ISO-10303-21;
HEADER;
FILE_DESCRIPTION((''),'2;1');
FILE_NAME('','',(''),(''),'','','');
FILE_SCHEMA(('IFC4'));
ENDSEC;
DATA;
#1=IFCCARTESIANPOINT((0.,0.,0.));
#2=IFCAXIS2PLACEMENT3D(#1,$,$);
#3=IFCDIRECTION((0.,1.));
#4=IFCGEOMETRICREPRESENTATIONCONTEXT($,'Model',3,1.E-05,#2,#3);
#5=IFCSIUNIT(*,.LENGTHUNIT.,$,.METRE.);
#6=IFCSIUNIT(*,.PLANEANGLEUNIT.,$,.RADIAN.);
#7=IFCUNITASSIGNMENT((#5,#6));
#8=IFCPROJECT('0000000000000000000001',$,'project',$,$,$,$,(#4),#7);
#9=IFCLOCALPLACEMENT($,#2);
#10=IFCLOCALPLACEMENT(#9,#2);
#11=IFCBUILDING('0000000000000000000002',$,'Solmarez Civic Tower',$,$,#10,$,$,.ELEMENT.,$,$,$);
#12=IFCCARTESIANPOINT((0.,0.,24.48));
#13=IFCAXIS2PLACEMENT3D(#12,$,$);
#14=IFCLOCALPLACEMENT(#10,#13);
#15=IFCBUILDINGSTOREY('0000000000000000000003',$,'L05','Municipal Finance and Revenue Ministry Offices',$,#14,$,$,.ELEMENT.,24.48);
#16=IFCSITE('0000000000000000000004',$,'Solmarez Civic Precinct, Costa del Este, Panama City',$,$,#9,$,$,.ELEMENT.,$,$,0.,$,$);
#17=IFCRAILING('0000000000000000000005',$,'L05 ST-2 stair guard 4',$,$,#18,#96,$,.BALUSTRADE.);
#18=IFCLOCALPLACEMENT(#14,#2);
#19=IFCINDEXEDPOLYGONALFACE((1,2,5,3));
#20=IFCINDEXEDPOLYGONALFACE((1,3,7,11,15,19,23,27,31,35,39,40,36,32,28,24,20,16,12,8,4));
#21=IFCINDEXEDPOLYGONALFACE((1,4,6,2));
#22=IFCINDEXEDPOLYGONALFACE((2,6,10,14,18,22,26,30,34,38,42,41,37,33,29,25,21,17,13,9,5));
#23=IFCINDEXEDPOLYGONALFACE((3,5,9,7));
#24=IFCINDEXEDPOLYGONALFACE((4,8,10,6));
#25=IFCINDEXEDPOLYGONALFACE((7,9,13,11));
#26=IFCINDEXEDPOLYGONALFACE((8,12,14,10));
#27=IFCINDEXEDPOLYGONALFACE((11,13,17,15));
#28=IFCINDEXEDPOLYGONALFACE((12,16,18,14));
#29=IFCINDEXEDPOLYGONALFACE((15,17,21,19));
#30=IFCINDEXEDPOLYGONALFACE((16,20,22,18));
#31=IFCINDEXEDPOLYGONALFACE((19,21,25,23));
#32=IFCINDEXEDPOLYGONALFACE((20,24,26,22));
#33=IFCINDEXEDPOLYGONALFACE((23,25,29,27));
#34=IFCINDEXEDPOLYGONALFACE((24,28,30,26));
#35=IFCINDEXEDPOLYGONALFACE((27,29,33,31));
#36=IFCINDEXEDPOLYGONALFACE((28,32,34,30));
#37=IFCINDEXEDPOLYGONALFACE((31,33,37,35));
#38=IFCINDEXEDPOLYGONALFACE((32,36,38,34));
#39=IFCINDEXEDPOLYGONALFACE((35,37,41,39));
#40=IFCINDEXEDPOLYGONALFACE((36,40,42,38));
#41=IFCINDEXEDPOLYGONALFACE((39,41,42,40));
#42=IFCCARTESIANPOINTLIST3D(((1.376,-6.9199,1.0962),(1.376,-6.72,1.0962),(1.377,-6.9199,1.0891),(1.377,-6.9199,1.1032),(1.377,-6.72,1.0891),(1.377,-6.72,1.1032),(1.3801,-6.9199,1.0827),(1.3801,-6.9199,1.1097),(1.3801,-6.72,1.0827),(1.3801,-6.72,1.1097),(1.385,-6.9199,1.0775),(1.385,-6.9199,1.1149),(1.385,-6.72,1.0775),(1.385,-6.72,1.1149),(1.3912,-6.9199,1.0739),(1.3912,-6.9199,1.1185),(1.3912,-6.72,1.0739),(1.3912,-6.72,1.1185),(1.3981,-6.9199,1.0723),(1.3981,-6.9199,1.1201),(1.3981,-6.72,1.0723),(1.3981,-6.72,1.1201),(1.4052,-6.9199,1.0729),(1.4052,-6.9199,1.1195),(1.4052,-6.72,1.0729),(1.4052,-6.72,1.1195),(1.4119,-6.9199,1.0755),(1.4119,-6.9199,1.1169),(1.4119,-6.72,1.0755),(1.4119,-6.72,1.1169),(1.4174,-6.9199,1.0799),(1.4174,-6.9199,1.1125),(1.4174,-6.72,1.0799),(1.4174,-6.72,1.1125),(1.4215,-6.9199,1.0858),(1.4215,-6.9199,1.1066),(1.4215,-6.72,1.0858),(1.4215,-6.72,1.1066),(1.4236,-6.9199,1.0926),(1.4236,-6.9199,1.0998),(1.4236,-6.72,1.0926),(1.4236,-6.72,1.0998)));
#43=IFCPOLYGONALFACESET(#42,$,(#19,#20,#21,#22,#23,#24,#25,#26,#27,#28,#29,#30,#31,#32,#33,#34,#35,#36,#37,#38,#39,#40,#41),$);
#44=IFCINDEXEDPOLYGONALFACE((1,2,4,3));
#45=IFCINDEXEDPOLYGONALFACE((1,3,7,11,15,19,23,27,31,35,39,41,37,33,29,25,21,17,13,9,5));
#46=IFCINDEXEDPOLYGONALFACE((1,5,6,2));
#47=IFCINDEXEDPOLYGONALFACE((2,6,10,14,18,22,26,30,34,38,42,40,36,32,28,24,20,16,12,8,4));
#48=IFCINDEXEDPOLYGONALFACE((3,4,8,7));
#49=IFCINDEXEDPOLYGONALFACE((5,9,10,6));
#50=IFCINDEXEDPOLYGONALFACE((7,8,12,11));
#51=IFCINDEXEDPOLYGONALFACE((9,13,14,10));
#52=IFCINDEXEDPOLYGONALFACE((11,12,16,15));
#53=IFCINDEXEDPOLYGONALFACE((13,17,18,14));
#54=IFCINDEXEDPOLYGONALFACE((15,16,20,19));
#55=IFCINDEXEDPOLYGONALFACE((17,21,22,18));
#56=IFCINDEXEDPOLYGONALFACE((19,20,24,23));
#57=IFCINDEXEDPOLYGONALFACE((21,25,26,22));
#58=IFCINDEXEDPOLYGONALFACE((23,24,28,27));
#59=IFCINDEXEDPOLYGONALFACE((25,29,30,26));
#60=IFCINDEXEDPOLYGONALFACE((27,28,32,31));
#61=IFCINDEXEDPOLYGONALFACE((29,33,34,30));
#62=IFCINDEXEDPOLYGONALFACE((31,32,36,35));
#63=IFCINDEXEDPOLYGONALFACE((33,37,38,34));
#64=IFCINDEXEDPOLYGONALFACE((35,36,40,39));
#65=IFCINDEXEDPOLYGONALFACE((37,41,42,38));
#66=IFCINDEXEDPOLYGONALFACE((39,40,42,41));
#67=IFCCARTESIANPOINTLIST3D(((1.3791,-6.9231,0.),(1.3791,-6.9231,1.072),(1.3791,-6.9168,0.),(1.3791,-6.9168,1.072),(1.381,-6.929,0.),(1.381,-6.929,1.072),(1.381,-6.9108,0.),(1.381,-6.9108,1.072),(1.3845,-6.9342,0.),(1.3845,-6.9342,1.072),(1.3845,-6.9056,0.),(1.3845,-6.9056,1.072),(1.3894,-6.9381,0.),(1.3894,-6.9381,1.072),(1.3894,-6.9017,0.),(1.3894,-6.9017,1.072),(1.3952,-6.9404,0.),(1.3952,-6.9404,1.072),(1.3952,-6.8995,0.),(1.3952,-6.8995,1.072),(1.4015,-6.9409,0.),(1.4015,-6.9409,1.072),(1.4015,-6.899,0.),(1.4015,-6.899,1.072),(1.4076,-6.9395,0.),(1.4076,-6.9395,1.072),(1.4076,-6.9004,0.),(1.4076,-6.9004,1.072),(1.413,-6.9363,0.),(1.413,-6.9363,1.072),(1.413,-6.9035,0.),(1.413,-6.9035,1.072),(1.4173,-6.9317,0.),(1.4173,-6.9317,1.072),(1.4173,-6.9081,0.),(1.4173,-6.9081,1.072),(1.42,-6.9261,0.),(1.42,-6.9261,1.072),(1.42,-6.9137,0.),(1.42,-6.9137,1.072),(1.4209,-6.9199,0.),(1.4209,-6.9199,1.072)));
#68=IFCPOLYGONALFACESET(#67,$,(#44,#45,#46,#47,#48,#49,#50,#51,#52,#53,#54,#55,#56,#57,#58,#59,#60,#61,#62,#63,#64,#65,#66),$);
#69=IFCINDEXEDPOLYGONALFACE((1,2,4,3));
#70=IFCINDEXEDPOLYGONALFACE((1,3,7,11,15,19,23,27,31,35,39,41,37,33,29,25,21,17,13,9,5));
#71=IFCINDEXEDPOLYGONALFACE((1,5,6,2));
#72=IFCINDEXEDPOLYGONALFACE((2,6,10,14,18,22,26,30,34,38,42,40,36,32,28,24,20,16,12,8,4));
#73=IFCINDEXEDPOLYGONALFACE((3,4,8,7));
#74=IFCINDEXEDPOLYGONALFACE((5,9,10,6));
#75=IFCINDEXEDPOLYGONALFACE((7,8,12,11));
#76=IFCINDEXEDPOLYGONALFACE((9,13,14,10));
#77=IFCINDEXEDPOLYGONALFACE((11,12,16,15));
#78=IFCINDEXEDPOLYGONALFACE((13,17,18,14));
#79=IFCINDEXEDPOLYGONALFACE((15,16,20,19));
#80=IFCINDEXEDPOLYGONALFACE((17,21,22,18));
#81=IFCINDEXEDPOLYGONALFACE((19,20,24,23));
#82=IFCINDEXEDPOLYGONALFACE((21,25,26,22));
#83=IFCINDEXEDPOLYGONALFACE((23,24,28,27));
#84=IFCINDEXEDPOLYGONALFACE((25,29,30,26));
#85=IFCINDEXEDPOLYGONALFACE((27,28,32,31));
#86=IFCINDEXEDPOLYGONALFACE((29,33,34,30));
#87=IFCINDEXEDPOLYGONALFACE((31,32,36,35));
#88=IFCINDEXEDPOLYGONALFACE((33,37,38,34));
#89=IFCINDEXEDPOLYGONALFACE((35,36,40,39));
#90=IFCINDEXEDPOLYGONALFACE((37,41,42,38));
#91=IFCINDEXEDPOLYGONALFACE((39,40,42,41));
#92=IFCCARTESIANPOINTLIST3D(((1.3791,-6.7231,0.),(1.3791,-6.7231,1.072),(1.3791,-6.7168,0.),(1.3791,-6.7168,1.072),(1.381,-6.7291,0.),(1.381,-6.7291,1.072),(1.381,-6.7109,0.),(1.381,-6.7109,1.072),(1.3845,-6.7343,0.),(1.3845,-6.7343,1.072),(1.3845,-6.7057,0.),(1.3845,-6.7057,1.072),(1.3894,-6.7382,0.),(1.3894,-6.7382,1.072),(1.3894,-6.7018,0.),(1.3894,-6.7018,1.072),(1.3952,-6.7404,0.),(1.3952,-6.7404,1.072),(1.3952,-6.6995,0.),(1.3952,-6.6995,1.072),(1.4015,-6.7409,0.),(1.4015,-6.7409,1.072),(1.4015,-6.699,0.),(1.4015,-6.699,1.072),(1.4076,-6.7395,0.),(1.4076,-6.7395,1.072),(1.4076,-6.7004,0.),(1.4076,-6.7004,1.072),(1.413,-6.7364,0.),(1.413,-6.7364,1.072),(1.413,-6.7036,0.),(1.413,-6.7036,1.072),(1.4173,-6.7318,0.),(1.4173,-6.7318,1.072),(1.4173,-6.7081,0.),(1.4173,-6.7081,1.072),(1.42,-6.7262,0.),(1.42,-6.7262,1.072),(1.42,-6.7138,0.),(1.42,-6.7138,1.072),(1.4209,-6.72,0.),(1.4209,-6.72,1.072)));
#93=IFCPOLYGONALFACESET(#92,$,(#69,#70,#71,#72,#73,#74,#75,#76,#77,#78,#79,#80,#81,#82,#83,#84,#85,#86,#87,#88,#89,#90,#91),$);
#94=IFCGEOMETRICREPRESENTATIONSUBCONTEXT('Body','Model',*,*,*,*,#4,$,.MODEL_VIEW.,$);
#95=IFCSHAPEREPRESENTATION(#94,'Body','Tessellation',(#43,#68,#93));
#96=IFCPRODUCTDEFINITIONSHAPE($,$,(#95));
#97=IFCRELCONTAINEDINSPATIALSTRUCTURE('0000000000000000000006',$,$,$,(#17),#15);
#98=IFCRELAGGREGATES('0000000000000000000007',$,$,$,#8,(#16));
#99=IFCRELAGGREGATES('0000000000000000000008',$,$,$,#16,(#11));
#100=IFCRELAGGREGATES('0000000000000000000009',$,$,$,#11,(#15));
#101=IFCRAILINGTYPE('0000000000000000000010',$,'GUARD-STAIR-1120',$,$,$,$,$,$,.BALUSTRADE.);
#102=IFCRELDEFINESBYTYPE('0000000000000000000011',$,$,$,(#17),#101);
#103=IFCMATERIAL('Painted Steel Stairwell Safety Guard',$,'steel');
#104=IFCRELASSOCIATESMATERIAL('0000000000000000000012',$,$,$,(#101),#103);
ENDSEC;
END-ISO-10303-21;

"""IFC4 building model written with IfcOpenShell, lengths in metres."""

from ifc_helpers import new_model, si_unit, direction, frame, origin, origin_2d, place, context, subcontext, project, spatial, circle, extrude, material, type_object, element, save


model = new_model("IFC4")

# Units and contexts
model_context = context("Model", 3, precision=1e-05, world=origin(), true_north=direction((0.0, 1.0)))
body_context = subcontext(model_context, "Body", "Model", "MODEL_VIEW")
ifc_project = project(units=[si_unit("LENGTHUNIT", "METRE"), si_unit("PLANEANGLEUNIT", "RADIAN")], contexts=[model_context])

# Site, building, storey
site_placement = place(None, origin())
site = spatial("IfcSite", under=ifc_project, at=site_placement, Name="Solmarez Civic Precinct, Costa del Este, Panama City", CompositionType="ELEMENT", RefElevation=0.0)
building_placement = place(site_placement, origin())
building = spatial("IfcBuilding", under=site, at=building_placement, Name="Solmarez Civic Tower", CompositionType="ELEMENT")
storey_placement = place(building_placement, frame((0.0, 0.0, 24.48)))
storey = spatial("IfcBuildingStorey", under=building, at=storey_placement, Name="L05", Description="Municipal Finance and Revenue Ministry Offices", CompositionType="ELEMENT", Elevation=24.48)

# Railing
ifc_material_1 = material(Name="Painted Steel Stairwell Safety Guard", Category="steel")
railing_type_1 = type_object("IfcRailingType", Name="GUARD-STAIR-1120", PredefinedType="BALUSTRADE", material=ifc_material_1)
railing_1_placement = place(storey_placement, frame((1.3999, -6.9199, 0.0)))
element("IfcRailing", 1, at=railing_1_placement, inside=storey, type_object=railing_type_1, Name="L05 ST-2 stair guard 4", PredefinedType="BALUSTRADE", context=body_context, shape_type="SweptSolid", body=[
    extrude(circle(Radius=0.0239, at=origin_2d()), frame((0.0, 0.0, 1.0962), z_axis=(0.0, 1.0, 0.0), x_axis=(-1.0, 0.0, 0.0)), (0.0, 0.0, 1.0), 0.2),
    extrude(circle(Radius=0.021, at=origin_2d()), origin(), (0.0, 0.0, 1.0), 1.072),
    extrude(circle(Radius=0.021, at=origin_2d()), frame((0.0, 0.2, 0.0)), (0.0, 0.0, 1.0), 1.072),
])

save(model, "model.ifc")
